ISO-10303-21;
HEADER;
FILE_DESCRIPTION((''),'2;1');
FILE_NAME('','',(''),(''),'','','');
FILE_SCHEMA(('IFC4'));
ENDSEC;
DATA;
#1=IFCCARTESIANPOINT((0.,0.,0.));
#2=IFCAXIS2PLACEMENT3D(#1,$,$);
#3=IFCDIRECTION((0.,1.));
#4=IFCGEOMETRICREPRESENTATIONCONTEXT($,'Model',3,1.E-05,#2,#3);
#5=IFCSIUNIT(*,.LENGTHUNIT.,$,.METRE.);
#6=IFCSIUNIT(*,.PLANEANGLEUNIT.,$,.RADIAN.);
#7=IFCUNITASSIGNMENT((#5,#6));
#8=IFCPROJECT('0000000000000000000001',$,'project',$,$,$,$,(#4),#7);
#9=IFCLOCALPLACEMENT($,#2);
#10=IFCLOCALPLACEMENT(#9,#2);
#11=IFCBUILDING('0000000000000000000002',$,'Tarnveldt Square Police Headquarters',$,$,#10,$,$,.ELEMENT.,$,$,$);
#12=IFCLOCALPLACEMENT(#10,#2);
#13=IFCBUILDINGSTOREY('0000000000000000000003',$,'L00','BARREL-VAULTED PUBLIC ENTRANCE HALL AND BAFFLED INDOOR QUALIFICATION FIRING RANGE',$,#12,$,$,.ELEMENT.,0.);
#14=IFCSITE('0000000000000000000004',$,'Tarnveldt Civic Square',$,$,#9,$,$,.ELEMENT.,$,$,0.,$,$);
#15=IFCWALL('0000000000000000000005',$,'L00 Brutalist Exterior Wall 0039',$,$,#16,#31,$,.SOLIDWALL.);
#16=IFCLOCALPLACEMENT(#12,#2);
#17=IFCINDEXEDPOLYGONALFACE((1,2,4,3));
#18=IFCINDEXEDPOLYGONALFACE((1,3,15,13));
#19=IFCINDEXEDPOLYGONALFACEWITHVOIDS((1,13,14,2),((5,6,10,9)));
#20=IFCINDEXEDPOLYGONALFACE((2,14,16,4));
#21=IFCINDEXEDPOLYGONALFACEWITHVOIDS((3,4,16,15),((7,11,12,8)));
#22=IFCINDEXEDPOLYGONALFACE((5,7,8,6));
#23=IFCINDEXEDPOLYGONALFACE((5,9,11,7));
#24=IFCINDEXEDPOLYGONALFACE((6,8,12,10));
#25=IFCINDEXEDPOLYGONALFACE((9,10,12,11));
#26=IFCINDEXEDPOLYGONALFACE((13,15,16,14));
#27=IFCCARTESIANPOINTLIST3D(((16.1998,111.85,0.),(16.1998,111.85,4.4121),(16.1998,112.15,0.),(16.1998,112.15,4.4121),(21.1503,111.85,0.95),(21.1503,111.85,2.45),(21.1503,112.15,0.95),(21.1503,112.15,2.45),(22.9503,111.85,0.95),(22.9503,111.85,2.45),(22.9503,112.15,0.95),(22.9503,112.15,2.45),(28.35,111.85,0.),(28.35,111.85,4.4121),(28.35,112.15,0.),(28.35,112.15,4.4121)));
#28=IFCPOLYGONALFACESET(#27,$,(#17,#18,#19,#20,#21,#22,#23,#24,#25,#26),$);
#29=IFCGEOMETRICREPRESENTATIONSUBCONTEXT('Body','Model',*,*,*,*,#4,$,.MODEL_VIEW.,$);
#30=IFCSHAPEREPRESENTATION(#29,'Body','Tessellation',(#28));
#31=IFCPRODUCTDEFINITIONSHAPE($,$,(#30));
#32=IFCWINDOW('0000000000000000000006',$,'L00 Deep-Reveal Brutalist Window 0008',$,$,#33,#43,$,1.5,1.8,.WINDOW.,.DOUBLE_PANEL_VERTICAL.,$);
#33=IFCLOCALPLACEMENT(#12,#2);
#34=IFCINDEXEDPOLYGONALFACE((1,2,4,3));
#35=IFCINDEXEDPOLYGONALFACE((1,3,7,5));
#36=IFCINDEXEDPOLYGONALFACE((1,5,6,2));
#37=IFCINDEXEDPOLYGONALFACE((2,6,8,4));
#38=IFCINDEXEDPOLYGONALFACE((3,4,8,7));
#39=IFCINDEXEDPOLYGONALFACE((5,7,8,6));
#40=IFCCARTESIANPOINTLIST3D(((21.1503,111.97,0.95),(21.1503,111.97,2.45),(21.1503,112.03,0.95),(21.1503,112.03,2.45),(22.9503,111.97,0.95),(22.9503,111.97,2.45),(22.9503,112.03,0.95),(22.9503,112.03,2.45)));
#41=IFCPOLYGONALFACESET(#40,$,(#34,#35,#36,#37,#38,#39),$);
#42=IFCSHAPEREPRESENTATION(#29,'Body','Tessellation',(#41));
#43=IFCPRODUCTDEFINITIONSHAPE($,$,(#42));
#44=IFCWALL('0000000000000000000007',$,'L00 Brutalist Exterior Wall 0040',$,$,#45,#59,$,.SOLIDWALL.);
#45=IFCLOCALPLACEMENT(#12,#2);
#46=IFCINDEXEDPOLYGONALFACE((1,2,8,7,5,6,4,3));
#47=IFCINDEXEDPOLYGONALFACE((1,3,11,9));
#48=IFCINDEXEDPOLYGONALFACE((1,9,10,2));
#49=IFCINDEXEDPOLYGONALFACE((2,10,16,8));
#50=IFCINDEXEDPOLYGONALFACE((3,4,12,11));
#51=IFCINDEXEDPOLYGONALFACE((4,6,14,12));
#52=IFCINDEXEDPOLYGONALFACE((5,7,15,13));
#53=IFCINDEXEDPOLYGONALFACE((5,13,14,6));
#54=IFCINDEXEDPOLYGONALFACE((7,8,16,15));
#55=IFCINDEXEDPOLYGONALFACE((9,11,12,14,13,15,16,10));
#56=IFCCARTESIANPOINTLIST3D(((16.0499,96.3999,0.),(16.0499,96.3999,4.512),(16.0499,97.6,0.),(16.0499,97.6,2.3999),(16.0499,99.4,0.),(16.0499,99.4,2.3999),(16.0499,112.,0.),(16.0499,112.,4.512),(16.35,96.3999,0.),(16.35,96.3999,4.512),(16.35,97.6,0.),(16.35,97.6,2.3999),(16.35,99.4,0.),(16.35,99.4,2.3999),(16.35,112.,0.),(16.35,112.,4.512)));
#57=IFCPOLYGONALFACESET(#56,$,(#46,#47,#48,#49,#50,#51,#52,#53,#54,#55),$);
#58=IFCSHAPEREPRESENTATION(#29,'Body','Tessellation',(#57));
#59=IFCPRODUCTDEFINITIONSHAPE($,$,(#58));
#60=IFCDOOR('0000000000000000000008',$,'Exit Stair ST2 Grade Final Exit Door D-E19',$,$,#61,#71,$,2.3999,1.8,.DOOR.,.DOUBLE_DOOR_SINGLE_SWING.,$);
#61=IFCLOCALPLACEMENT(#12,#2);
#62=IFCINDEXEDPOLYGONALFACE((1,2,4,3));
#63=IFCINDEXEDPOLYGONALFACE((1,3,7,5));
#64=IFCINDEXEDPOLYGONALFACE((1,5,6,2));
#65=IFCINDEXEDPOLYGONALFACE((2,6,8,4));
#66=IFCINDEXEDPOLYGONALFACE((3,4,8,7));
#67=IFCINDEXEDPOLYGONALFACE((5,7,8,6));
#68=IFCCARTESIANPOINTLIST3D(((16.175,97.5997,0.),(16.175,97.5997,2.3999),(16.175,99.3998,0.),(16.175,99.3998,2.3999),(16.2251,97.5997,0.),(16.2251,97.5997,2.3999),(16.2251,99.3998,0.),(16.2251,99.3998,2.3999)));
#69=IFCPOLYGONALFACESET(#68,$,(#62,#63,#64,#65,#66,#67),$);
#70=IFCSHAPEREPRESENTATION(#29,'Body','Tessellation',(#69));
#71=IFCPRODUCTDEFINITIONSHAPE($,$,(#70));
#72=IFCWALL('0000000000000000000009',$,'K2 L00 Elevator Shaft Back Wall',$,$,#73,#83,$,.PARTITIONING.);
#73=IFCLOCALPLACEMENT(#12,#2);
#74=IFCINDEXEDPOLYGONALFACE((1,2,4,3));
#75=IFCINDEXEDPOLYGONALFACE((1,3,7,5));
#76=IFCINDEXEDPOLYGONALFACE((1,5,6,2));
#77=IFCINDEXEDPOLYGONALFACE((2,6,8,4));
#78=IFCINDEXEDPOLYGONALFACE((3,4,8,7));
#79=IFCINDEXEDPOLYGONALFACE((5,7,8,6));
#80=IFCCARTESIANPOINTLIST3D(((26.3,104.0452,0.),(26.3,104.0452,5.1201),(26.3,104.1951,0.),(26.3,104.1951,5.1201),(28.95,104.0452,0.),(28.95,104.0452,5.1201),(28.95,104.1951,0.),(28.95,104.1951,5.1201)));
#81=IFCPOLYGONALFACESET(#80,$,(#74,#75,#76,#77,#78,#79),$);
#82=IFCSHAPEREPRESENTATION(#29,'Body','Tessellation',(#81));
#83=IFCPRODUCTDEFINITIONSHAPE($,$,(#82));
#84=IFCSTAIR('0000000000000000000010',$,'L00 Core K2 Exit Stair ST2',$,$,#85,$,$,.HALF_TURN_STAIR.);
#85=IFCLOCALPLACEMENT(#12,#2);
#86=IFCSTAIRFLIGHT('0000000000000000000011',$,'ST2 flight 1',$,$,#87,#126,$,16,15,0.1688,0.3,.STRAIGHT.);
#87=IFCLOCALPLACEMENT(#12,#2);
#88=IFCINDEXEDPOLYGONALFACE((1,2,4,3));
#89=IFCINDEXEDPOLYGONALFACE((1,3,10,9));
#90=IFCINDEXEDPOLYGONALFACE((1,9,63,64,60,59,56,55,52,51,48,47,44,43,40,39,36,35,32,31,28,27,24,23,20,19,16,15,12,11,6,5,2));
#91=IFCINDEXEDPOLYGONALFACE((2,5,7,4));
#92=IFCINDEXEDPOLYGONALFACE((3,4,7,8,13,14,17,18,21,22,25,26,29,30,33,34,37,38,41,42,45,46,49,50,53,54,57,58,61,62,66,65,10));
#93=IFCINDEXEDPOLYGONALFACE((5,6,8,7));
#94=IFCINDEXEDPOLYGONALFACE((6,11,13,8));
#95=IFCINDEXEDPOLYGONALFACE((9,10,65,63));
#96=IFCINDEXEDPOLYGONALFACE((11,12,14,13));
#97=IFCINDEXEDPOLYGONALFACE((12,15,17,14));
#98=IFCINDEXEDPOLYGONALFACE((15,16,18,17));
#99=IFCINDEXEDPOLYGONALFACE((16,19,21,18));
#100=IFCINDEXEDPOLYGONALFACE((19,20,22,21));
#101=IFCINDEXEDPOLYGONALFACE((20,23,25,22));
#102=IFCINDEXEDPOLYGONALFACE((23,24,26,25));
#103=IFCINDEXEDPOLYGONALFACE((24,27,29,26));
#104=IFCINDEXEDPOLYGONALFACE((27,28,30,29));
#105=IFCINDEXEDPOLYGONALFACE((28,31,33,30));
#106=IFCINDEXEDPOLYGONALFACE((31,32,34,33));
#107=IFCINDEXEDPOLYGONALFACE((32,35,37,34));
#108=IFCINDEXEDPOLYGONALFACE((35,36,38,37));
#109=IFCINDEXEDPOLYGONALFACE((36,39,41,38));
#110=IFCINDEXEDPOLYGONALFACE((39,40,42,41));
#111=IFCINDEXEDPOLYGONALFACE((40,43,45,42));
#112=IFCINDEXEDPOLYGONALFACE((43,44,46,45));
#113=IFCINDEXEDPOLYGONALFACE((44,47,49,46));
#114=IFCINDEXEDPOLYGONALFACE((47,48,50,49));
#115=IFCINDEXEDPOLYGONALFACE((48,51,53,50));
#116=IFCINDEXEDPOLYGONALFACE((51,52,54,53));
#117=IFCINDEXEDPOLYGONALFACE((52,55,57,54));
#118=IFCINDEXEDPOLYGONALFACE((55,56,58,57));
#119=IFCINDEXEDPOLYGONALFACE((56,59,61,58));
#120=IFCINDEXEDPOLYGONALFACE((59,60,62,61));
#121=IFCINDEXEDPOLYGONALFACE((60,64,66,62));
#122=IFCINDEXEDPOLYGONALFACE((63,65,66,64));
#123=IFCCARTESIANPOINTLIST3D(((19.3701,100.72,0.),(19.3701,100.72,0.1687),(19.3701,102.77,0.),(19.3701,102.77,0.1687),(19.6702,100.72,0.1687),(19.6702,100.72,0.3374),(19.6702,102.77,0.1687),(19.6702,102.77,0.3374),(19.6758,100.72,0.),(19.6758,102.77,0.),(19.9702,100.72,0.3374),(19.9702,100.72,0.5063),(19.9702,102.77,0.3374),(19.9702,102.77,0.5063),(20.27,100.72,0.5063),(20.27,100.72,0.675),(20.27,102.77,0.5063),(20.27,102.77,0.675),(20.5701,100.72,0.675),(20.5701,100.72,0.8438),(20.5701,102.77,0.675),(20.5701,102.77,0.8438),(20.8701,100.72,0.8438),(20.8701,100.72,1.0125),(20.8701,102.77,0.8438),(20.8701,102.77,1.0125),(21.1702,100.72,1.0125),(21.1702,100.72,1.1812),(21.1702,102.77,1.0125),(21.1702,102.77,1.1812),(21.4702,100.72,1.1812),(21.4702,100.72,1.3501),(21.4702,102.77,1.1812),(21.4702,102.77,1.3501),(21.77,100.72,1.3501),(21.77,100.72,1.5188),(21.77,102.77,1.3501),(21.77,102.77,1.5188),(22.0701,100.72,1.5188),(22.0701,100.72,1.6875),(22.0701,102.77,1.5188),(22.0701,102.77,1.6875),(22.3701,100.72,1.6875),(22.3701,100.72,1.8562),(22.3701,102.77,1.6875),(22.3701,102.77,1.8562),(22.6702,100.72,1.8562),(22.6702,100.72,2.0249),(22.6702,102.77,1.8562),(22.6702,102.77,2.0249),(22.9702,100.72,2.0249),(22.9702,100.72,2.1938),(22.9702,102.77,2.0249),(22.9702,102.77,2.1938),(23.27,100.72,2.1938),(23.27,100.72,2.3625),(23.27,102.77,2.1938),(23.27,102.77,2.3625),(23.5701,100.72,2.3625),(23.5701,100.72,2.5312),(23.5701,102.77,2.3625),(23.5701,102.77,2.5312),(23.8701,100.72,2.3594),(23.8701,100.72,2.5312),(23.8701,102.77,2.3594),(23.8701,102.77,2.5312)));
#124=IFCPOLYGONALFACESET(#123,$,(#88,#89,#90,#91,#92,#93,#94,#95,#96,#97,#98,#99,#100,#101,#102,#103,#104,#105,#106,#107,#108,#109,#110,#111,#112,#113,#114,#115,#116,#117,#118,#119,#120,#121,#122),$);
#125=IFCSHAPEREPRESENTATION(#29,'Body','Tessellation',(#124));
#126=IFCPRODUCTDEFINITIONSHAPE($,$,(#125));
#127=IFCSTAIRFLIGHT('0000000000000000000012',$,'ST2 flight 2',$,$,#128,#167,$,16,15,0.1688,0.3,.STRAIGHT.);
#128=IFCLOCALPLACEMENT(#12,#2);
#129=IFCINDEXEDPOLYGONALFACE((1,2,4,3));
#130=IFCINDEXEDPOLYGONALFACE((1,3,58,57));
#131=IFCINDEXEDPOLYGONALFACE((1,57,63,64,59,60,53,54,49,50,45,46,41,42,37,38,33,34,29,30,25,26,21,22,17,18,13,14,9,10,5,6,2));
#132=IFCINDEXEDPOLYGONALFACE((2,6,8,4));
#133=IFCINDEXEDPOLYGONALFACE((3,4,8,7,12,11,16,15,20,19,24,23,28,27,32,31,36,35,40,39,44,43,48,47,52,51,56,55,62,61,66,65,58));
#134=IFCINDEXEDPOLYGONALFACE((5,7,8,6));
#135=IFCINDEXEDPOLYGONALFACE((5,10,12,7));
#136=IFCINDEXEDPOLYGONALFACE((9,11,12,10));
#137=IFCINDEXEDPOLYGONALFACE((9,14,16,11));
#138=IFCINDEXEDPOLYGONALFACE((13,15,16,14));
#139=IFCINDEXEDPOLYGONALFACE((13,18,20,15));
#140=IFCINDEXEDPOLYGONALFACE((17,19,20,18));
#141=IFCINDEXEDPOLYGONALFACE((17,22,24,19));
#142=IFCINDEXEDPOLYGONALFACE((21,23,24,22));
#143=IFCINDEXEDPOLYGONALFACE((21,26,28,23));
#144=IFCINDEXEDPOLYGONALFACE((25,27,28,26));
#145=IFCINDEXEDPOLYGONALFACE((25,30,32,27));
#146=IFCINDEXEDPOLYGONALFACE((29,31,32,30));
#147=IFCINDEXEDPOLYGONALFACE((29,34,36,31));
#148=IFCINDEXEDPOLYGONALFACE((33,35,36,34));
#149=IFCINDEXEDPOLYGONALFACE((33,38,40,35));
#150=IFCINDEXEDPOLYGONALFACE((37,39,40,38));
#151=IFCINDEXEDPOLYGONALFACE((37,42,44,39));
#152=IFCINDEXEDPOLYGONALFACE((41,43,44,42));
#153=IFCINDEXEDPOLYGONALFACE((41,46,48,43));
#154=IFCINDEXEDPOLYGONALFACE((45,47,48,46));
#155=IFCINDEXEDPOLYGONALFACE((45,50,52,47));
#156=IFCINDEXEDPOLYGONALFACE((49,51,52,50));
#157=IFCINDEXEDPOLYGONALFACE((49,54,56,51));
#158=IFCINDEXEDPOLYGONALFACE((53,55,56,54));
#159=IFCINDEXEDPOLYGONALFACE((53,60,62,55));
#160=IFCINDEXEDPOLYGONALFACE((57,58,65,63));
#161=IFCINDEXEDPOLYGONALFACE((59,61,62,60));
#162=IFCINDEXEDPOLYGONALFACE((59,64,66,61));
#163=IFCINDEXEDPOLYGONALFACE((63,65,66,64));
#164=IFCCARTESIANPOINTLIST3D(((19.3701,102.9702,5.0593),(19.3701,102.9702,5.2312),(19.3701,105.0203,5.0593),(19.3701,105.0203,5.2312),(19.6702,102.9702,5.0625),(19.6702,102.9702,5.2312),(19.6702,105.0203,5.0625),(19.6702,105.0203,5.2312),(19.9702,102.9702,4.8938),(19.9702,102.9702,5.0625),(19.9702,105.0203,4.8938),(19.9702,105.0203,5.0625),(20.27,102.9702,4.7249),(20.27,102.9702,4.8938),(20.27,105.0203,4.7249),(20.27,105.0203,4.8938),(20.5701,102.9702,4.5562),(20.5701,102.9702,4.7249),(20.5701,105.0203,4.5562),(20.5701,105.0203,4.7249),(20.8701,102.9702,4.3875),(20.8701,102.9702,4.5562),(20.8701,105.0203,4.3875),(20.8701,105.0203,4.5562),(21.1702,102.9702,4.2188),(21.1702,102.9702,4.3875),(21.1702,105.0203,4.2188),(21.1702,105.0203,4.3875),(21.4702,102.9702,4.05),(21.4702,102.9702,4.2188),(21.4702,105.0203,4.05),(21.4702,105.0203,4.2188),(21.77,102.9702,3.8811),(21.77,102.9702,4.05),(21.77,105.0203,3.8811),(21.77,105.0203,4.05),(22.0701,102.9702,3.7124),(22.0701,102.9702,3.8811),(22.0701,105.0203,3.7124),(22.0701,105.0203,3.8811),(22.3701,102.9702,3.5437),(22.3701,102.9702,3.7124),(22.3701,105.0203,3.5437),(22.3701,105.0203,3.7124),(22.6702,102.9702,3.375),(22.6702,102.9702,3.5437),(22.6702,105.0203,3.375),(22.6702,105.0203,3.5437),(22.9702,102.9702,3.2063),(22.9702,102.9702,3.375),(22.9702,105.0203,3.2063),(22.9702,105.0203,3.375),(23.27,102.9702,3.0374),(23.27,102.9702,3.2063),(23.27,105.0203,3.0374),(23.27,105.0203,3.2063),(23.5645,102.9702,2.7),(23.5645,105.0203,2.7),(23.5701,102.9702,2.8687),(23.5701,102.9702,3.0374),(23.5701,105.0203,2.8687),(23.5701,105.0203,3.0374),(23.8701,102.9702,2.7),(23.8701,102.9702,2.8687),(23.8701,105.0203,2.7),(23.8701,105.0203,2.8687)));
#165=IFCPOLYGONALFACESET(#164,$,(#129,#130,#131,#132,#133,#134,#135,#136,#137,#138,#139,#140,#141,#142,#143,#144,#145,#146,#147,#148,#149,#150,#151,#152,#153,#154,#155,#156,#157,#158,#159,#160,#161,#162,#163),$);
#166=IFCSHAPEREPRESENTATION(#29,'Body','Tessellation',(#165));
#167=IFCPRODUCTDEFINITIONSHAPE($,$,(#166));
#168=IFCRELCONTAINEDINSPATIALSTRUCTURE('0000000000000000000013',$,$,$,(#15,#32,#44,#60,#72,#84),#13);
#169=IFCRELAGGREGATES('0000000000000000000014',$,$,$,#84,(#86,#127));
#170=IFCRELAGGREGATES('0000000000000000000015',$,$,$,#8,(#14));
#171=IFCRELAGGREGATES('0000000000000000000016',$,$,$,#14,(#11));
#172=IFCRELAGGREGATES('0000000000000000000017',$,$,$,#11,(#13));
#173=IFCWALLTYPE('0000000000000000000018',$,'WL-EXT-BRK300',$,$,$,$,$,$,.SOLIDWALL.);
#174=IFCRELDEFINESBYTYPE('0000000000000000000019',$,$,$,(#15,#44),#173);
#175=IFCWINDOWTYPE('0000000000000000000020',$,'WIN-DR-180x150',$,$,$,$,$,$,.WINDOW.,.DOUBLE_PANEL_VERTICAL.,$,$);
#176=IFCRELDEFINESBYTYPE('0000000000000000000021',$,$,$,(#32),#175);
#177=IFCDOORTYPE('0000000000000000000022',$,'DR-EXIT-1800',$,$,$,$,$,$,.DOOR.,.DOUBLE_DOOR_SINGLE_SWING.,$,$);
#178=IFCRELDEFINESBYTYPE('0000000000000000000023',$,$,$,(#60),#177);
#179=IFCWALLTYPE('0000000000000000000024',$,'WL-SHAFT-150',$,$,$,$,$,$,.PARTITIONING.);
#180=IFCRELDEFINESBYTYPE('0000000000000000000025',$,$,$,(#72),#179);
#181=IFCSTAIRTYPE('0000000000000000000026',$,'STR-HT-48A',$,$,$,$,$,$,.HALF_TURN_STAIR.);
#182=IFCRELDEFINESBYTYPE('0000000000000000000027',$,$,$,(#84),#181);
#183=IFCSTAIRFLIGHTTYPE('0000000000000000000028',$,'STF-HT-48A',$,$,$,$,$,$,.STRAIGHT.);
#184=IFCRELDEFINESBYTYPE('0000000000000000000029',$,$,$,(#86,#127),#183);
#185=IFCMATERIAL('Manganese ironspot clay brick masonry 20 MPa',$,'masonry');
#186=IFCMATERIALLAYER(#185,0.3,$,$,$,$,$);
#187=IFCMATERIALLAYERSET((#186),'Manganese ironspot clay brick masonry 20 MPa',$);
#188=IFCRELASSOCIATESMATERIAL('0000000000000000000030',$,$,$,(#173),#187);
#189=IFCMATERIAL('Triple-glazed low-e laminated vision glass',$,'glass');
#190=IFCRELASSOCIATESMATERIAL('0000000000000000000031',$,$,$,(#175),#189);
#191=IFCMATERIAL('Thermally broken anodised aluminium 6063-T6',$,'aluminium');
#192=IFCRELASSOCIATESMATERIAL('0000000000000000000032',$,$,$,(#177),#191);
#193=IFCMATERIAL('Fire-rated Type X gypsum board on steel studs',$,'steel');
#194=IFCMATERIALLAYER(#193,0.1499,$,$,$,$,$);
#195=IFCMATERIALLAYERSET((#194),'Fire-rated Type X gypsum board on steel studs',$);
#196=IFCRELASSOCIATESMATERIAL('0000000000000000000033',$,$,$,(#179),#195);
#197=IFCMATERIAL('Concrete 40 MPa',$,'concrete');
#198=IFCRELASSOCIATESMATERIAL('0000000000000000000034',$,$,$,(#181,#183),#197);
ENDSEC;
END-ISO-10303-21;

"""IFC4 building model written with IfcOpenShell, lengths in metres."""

from ifc_helpers import new_model, si_unit, direction, frame, frame_2d, origin, place, context, subcontext, project, spatial, polyline, rectangle, outline, extrude, material, layer, layer_set, type_object, element, fill, aggregate, save


model = new_model("IFC4")

# Units and contexts
model_context = context("Model", 3, precision=1e-05, world=origin(), true_north=direction((0.0, 1.0)))
body_context = subcontext(model_context, "Body", "Model", "MODEL_VIEW")
ifc_project = project(units=[si_unit("LENGTHUNIT", "METRE"), si_unit("PLANEANGLEUNIT", "RADIAN")], contexts=[model_context])

# Site, building, storey
site_placement = place(None, origin())
site = spatial("IfcSite", under=ifc_project, at=site_placement, Name="Tarnveldt Civic Square", CompositionType="ELEMENT", RefElevation=0.0)
building_placement = place(site_placement, origin())
building = spatial("IfcBuilding", under=site, at=building_placement, Name="Tarnveldt Square Police Headquarters", CompositionType="ELEMENT")
storey_placement = place(building_placement, origin())
storey = spatial("IfcBuildingStorey", under=building, at=storey_placement, Name="L00", Description="BARREL-VAULTED PUBLIC ENTRANCE HALL AND BAFFLED INDOOR QUALIFICATION FIRING RANGE", CompositionType="ELEMENT", Elevation=0.0)

# Shared definitions
ifc_material_1 = material(Name="Concrete 40 MPa", Category="concrete")

# Shared definitions
ifc_material_2 = material(Name="Fire-rated Type X gypsum board on steel studs", Category="steel")

# Wall, opening, window
ifc_material_3 = material(Name="Manganese ironspot clay brick masonry 20 MPa", Category="masonry")
ifc_layer_1 = layer(ifc_material_3, 0.3)
ifc_layer_set_1 = layer_set([ifc_layer_1], Name="Manganese ironspot clay brick masonry 20 MPa")
wall_type_1 = type_object("IfcWallType", Name="WL-EXT-BRK300", PredefinedType="SOLIDWALL", material=ifc_layer_set_1)
wall_1_placement = place(storey_placement, frame((28.3501, 112.0, 0.0), z_axis=(0.0, 0.0, 1.0), x_axis=(-1.0, 0.0, 0.0)))
wall_1 = element("IfcWall", 1, at=wall_1_placement, inside=storey, type_object=wall_type_1, Name="L00 Brutalist Exterior Wall 0039", PredefinedType="SOLIDWALL", context=body_context, shape_type="SweptSolid", body=[
    extrude(rectangle(XDim=12.1501, YDim=0.3, at=frame_2d((6.0752, 0.0))), origin(), (0.0, 0.0, 1.0), 4.4121),
])
opening_1_placement = place(wall_1_placement, frame((5.3999, 0.0, 0.95)))
opening_1 = element("IfcOpeningElement", 2, at=opening_1_placement, cuts=wall_1, PredefinedType="OPENING", context=body_context, shape_type="SweptSolid", body=[
    extrude(rectangle(XDim=1.8, YDim=1.5, at=frame_2d((0.8999, 0.75))), frame((0.0, 0.1599, 0.0), z_axis=(0.0, -1.0, 0.0), x_axis=(1.0, 0.0, 0.0)), (0.0, 0.0, 1.0), 0.3201),
])
ifc_material_4 = material(Name="Triple-glazed low-e laminated vision glass", Category="glass")
window_type = type_object("IfcWindowType", Name="WIN-DR-180x150", PartitioningType="DOUBLE_PANEL_VERTICAL", PredefinedType="WINDOW", material=ifc_material_4)
window_placement = place(opening_1_placement, origin())
window = element("IfcWindow", 3, at=window_placement, inside=storey, type_object=window_type, Name="L00 Deep-Reveal Brutalist Window 0008", OverallHeight=1.5, OverallWidth=1.8, PartitioningType="DOUBLE_PANEL_VERTICAL", PredefinedType="WINDOW", context=body_context, shape_type="SweptSolid", body=[
    extrude(rectangle(XDim=1.8, YDim=1.5, at=frame_2d((0.8999, 0.75))), frame((0.0, 0.03, 0.0), z_axis=(0.0, -1.0, 0.0), x_axis=(1.0, 0.0, 0.0)), (0.0, 0.0, 1.0), 0.0601),
])
fill(opening_1, window)

# Wall, opening, door
wall_2_placement = place(storey_placement, frame((16.2, 112.0, 0.0), z_axis=(0.0, 0.0, 1.0), x_axis=(0.0, -1.0, 0.0)))
wall_2 = element("IfcWall", 4, at=wall_2_placement, inside=storey, type_object=wall_type_1, Name="L00 Brutalist Exterior Wall 0040", PredefinedType="SOLIDWALL", context=body_context, shape_type="SweptSolid", body=[
    extrude(rectangle(XDim=15.6001, YDim=0.3, at=frame_2d((7.8, 0.0))), origin(), (0.0, 0.0, 1.0), 4.512),
])
opening_2_placement = place(wall_2_placement, frame((12.6001, 0.0, 0.0)))
opening_2 = element("IfcOpeningElement", 5, at=opening_2_placement, cuts=wall_2, PredefinedType="OPENING", context=body_context, shape_type="SweptSolid", body=[
    extrude(rectangle(XDim=1.8, YDim=2.3999, at=frame_2d((0.8999, 1.2))), frame((0.0, 0.1599, 0.0), z_axis=(0.0, -1.0, 0.0), x_axis=(1.0, 0.0, 0.0)), (0.0, 0.0, 1.0), 0.3201),
])
ifc_material_5 = material(Name="Thermally broken anodised aluminium 6063-T6", Category="aluminium")
door_type = type_object("IfcDoorType", Name="DR-EXIT-1800", OperationType="DOUBLE_DOOR_SINGLE_SWING", PredefinedType="DOOR", material=ifc_material_5)
door_placement = place(opening_2_placement, frame((1.8, 0.0, 0.0), z_axis=(0.0, 0.0, 1.0), x_axis=(-1.0, 0.0, 0.0)))
door = element("IfcDoor", 6, at=door_placement, inside=storey, type_object=door_type, Name="Exit Stair ST2 Grade Final Exit Door D-E19", OperationType="DOUBLE_DOOR_SINGLE_SWING", OverallHeight=2.3999, OverallWidth=1.8, PredefinedType="DOOR", context=body_context, shape_type="SweptSolid", body=[
    extrude(rectangle(XDim=1.8, YDim=2.3999, at=frame_2d((0.8999, 1.2))), frame((0.0, 0.0249, 0.0), z_axis=(0.0, -1.0, 0.0), x_axis=(1.0, 0.0, 0.0)), (0.0, 0.0, 1.0), 0.05),
])
fill(opening_2, door)

# Wall
ifc_layer_2 = layer(ifc_material_2, 0.1499)
ifc_layer_set_2 = layer_set([ifc_layer_2], Name="Fire-rated Type X gypsum board on steel studs")
wall_type_2 = type_object("IfcWallType", Name="WL-SHAFT-150", PredefinedType="PARTITIONING", material=ifc_layer_set_2)
wall_3_placement = place(storey_placement, frame((26.3, 104.1201, 0.0), z_axis=(0.0, 0.0, 1.0), x_axis=(1.0, 0.0, 0.0)))
element("IfcWall", 7, at=wall_3_placement, inside=storey, type_object=wall_type_2, Name="K2 L00 Elevator Shaft Back Wall", PredefinedType="PARTITIONING", context=body_context, shape_type="SweptSolid", body=[
    extrude(rectangle(XDim=2.6499, YDim=0.1499, at=frame_2d((1.325, 0.0))), origin(), (0.0, 0.0, 1.0), 5.1201),
])

# Stair, stair flights
stair_type = type_object("IfcStairType", Name="STR-HT-48A", PredefinedType="HALF_TURN_STAIR", material=ifc_material_1)
stair_placement = place(storey_placement, origin())
stair = element("IfcStair", 8, at=stair_placement, inside=storey, type_object=stair_type, Name="L00 Core K2 Exit Stair ST2", PredefinedType="HALF_TURN_STAIR")
stair_flight_type = type_object("IfcStairFlightType", Name="STF-HT-48A", PredefinedType="STRAIGHT", material=ifc_material_1)
stair_flight_1_placement = place(storey_placement, frame((19.3701, 101.7451, 0.0), z_axis=(0.0, 0.0, 1.0), x_axis=(1.0, 0.0, 0.0)))
stair_flight_1 = element("IfcStairFlight", 9, at=stair_flight_1_placement, type_object=stair_flight_type, Name="ST2 flight 1", NumberOfRisers=16, NumberOfTreads=15, PredefinedType="STRAIGHT", RiserHeight=0.1688, TreadLength=0.3, context=body_context, shape_type="SweptSolid", body=[
    extrude(outline(polyline([(0.0, 0.0), (0.0, 0.1687), (0.3, 0.1687), (0.3, 0.3374), (0.6001, 0.3374), (0.6001, 0.5063), (0.8999, 0.5063), (0.8999, 0.675), (1.2, 0.675), (1.2, 0.8438), (1.5, 0.8438), (1.5, 1.0125), (1.8, 1.0125), (1.8, 1.1812), (2.1001, 1.1812), (2.1001, 1.3501), (2.3999, 1.3501), (2.3999, 1.5188), (2.7, 1.5188), (2.7, 1.6875), (3.0, 1.6875), (3.0, 1.8562), (3.3, 1.8562), (3.3, 2.0249), (3.6001, 2.0249), (3.6001, 2.1938), (3.8999, 2.1938), (3.8999, 2.3625), (4.2, 2.3625), (4.2, 2.5312), (4.5, 2.5312), (4.5, 2.7), (4.5, 2.3594), (0.3057, 0.0), (0.0, 0.0)])), frame((0.0, 1.0249, 0.0), z_axis=(0.0, -1.0, 0.0), x_axis=(1.0, 0.0, 0.0)), (0.0, 0.0, 1.0), 2.05),
])
stair_flight_2_placement = place(storey_placement, frame((23.8701, 103.9951, 2.7), z_axis=(0.0, 0.0, 1.0), x_axis=(-1.0, 0.0, 0.0)))
stair_flight_2 = element("IfcStairFlight", 10, at=stair_flight_2_placement, type_object=stair_flight_type, Name="ST2 flight 2", NumberOfRisers=16, NumberOfTreads=15, PredefinedType="STRAIGHT", RiserHeight=0.1688, TreadLength=0.3, context=body_context, shape_type="SweptSolid", body=[
    extrude(outline(polyline([(0.0, 0.0), (0.0, 0.1687), (0.3, 0.1687), (0.3, 0.3374), (0.6001, 0.3374), (0.6001, 0.5063), (0.8999, 0.5063), (0.8999, 0.675), (1.2, 0.675), (1.2, 0.8438), (1.5, 0.8438), (1.5, 1.0125), (1.8, 1.0125), (1.8, 1.1812), (2.1001, 1.1812), (2.1001, 1.3501), (2.3999, 1.3501), (2.3999, 1.5188), (2.7, 1.5188), (2.7, 1.6875), (3.0, 1.6875), (3.0, 1.8562), (3.3, 1.8562), (3.3, 2.0249), (3.6001, 2.0249), (3.6001, 2.1938), (3.8999, 2.1938), (3.8999, 2.3625), (4.2, 2.3625), (4.2, 2.5312), (4.5, 2.5312), (4.5, 2.7), (4.5, 2.3594), (0.3057, 0.0), (0.0, 0.0)])), frame((0.0, 1.0249, 0.0), z_axis=(0.0, -1.0, 0.0), x_axis=(1.0, 0.0, 0.0)), (0.0, 0.0, 1.0), 2.05),
])
aggregate(stair, [stair_flight_1, stair_flight_2])

save(model, "model.ifc")
